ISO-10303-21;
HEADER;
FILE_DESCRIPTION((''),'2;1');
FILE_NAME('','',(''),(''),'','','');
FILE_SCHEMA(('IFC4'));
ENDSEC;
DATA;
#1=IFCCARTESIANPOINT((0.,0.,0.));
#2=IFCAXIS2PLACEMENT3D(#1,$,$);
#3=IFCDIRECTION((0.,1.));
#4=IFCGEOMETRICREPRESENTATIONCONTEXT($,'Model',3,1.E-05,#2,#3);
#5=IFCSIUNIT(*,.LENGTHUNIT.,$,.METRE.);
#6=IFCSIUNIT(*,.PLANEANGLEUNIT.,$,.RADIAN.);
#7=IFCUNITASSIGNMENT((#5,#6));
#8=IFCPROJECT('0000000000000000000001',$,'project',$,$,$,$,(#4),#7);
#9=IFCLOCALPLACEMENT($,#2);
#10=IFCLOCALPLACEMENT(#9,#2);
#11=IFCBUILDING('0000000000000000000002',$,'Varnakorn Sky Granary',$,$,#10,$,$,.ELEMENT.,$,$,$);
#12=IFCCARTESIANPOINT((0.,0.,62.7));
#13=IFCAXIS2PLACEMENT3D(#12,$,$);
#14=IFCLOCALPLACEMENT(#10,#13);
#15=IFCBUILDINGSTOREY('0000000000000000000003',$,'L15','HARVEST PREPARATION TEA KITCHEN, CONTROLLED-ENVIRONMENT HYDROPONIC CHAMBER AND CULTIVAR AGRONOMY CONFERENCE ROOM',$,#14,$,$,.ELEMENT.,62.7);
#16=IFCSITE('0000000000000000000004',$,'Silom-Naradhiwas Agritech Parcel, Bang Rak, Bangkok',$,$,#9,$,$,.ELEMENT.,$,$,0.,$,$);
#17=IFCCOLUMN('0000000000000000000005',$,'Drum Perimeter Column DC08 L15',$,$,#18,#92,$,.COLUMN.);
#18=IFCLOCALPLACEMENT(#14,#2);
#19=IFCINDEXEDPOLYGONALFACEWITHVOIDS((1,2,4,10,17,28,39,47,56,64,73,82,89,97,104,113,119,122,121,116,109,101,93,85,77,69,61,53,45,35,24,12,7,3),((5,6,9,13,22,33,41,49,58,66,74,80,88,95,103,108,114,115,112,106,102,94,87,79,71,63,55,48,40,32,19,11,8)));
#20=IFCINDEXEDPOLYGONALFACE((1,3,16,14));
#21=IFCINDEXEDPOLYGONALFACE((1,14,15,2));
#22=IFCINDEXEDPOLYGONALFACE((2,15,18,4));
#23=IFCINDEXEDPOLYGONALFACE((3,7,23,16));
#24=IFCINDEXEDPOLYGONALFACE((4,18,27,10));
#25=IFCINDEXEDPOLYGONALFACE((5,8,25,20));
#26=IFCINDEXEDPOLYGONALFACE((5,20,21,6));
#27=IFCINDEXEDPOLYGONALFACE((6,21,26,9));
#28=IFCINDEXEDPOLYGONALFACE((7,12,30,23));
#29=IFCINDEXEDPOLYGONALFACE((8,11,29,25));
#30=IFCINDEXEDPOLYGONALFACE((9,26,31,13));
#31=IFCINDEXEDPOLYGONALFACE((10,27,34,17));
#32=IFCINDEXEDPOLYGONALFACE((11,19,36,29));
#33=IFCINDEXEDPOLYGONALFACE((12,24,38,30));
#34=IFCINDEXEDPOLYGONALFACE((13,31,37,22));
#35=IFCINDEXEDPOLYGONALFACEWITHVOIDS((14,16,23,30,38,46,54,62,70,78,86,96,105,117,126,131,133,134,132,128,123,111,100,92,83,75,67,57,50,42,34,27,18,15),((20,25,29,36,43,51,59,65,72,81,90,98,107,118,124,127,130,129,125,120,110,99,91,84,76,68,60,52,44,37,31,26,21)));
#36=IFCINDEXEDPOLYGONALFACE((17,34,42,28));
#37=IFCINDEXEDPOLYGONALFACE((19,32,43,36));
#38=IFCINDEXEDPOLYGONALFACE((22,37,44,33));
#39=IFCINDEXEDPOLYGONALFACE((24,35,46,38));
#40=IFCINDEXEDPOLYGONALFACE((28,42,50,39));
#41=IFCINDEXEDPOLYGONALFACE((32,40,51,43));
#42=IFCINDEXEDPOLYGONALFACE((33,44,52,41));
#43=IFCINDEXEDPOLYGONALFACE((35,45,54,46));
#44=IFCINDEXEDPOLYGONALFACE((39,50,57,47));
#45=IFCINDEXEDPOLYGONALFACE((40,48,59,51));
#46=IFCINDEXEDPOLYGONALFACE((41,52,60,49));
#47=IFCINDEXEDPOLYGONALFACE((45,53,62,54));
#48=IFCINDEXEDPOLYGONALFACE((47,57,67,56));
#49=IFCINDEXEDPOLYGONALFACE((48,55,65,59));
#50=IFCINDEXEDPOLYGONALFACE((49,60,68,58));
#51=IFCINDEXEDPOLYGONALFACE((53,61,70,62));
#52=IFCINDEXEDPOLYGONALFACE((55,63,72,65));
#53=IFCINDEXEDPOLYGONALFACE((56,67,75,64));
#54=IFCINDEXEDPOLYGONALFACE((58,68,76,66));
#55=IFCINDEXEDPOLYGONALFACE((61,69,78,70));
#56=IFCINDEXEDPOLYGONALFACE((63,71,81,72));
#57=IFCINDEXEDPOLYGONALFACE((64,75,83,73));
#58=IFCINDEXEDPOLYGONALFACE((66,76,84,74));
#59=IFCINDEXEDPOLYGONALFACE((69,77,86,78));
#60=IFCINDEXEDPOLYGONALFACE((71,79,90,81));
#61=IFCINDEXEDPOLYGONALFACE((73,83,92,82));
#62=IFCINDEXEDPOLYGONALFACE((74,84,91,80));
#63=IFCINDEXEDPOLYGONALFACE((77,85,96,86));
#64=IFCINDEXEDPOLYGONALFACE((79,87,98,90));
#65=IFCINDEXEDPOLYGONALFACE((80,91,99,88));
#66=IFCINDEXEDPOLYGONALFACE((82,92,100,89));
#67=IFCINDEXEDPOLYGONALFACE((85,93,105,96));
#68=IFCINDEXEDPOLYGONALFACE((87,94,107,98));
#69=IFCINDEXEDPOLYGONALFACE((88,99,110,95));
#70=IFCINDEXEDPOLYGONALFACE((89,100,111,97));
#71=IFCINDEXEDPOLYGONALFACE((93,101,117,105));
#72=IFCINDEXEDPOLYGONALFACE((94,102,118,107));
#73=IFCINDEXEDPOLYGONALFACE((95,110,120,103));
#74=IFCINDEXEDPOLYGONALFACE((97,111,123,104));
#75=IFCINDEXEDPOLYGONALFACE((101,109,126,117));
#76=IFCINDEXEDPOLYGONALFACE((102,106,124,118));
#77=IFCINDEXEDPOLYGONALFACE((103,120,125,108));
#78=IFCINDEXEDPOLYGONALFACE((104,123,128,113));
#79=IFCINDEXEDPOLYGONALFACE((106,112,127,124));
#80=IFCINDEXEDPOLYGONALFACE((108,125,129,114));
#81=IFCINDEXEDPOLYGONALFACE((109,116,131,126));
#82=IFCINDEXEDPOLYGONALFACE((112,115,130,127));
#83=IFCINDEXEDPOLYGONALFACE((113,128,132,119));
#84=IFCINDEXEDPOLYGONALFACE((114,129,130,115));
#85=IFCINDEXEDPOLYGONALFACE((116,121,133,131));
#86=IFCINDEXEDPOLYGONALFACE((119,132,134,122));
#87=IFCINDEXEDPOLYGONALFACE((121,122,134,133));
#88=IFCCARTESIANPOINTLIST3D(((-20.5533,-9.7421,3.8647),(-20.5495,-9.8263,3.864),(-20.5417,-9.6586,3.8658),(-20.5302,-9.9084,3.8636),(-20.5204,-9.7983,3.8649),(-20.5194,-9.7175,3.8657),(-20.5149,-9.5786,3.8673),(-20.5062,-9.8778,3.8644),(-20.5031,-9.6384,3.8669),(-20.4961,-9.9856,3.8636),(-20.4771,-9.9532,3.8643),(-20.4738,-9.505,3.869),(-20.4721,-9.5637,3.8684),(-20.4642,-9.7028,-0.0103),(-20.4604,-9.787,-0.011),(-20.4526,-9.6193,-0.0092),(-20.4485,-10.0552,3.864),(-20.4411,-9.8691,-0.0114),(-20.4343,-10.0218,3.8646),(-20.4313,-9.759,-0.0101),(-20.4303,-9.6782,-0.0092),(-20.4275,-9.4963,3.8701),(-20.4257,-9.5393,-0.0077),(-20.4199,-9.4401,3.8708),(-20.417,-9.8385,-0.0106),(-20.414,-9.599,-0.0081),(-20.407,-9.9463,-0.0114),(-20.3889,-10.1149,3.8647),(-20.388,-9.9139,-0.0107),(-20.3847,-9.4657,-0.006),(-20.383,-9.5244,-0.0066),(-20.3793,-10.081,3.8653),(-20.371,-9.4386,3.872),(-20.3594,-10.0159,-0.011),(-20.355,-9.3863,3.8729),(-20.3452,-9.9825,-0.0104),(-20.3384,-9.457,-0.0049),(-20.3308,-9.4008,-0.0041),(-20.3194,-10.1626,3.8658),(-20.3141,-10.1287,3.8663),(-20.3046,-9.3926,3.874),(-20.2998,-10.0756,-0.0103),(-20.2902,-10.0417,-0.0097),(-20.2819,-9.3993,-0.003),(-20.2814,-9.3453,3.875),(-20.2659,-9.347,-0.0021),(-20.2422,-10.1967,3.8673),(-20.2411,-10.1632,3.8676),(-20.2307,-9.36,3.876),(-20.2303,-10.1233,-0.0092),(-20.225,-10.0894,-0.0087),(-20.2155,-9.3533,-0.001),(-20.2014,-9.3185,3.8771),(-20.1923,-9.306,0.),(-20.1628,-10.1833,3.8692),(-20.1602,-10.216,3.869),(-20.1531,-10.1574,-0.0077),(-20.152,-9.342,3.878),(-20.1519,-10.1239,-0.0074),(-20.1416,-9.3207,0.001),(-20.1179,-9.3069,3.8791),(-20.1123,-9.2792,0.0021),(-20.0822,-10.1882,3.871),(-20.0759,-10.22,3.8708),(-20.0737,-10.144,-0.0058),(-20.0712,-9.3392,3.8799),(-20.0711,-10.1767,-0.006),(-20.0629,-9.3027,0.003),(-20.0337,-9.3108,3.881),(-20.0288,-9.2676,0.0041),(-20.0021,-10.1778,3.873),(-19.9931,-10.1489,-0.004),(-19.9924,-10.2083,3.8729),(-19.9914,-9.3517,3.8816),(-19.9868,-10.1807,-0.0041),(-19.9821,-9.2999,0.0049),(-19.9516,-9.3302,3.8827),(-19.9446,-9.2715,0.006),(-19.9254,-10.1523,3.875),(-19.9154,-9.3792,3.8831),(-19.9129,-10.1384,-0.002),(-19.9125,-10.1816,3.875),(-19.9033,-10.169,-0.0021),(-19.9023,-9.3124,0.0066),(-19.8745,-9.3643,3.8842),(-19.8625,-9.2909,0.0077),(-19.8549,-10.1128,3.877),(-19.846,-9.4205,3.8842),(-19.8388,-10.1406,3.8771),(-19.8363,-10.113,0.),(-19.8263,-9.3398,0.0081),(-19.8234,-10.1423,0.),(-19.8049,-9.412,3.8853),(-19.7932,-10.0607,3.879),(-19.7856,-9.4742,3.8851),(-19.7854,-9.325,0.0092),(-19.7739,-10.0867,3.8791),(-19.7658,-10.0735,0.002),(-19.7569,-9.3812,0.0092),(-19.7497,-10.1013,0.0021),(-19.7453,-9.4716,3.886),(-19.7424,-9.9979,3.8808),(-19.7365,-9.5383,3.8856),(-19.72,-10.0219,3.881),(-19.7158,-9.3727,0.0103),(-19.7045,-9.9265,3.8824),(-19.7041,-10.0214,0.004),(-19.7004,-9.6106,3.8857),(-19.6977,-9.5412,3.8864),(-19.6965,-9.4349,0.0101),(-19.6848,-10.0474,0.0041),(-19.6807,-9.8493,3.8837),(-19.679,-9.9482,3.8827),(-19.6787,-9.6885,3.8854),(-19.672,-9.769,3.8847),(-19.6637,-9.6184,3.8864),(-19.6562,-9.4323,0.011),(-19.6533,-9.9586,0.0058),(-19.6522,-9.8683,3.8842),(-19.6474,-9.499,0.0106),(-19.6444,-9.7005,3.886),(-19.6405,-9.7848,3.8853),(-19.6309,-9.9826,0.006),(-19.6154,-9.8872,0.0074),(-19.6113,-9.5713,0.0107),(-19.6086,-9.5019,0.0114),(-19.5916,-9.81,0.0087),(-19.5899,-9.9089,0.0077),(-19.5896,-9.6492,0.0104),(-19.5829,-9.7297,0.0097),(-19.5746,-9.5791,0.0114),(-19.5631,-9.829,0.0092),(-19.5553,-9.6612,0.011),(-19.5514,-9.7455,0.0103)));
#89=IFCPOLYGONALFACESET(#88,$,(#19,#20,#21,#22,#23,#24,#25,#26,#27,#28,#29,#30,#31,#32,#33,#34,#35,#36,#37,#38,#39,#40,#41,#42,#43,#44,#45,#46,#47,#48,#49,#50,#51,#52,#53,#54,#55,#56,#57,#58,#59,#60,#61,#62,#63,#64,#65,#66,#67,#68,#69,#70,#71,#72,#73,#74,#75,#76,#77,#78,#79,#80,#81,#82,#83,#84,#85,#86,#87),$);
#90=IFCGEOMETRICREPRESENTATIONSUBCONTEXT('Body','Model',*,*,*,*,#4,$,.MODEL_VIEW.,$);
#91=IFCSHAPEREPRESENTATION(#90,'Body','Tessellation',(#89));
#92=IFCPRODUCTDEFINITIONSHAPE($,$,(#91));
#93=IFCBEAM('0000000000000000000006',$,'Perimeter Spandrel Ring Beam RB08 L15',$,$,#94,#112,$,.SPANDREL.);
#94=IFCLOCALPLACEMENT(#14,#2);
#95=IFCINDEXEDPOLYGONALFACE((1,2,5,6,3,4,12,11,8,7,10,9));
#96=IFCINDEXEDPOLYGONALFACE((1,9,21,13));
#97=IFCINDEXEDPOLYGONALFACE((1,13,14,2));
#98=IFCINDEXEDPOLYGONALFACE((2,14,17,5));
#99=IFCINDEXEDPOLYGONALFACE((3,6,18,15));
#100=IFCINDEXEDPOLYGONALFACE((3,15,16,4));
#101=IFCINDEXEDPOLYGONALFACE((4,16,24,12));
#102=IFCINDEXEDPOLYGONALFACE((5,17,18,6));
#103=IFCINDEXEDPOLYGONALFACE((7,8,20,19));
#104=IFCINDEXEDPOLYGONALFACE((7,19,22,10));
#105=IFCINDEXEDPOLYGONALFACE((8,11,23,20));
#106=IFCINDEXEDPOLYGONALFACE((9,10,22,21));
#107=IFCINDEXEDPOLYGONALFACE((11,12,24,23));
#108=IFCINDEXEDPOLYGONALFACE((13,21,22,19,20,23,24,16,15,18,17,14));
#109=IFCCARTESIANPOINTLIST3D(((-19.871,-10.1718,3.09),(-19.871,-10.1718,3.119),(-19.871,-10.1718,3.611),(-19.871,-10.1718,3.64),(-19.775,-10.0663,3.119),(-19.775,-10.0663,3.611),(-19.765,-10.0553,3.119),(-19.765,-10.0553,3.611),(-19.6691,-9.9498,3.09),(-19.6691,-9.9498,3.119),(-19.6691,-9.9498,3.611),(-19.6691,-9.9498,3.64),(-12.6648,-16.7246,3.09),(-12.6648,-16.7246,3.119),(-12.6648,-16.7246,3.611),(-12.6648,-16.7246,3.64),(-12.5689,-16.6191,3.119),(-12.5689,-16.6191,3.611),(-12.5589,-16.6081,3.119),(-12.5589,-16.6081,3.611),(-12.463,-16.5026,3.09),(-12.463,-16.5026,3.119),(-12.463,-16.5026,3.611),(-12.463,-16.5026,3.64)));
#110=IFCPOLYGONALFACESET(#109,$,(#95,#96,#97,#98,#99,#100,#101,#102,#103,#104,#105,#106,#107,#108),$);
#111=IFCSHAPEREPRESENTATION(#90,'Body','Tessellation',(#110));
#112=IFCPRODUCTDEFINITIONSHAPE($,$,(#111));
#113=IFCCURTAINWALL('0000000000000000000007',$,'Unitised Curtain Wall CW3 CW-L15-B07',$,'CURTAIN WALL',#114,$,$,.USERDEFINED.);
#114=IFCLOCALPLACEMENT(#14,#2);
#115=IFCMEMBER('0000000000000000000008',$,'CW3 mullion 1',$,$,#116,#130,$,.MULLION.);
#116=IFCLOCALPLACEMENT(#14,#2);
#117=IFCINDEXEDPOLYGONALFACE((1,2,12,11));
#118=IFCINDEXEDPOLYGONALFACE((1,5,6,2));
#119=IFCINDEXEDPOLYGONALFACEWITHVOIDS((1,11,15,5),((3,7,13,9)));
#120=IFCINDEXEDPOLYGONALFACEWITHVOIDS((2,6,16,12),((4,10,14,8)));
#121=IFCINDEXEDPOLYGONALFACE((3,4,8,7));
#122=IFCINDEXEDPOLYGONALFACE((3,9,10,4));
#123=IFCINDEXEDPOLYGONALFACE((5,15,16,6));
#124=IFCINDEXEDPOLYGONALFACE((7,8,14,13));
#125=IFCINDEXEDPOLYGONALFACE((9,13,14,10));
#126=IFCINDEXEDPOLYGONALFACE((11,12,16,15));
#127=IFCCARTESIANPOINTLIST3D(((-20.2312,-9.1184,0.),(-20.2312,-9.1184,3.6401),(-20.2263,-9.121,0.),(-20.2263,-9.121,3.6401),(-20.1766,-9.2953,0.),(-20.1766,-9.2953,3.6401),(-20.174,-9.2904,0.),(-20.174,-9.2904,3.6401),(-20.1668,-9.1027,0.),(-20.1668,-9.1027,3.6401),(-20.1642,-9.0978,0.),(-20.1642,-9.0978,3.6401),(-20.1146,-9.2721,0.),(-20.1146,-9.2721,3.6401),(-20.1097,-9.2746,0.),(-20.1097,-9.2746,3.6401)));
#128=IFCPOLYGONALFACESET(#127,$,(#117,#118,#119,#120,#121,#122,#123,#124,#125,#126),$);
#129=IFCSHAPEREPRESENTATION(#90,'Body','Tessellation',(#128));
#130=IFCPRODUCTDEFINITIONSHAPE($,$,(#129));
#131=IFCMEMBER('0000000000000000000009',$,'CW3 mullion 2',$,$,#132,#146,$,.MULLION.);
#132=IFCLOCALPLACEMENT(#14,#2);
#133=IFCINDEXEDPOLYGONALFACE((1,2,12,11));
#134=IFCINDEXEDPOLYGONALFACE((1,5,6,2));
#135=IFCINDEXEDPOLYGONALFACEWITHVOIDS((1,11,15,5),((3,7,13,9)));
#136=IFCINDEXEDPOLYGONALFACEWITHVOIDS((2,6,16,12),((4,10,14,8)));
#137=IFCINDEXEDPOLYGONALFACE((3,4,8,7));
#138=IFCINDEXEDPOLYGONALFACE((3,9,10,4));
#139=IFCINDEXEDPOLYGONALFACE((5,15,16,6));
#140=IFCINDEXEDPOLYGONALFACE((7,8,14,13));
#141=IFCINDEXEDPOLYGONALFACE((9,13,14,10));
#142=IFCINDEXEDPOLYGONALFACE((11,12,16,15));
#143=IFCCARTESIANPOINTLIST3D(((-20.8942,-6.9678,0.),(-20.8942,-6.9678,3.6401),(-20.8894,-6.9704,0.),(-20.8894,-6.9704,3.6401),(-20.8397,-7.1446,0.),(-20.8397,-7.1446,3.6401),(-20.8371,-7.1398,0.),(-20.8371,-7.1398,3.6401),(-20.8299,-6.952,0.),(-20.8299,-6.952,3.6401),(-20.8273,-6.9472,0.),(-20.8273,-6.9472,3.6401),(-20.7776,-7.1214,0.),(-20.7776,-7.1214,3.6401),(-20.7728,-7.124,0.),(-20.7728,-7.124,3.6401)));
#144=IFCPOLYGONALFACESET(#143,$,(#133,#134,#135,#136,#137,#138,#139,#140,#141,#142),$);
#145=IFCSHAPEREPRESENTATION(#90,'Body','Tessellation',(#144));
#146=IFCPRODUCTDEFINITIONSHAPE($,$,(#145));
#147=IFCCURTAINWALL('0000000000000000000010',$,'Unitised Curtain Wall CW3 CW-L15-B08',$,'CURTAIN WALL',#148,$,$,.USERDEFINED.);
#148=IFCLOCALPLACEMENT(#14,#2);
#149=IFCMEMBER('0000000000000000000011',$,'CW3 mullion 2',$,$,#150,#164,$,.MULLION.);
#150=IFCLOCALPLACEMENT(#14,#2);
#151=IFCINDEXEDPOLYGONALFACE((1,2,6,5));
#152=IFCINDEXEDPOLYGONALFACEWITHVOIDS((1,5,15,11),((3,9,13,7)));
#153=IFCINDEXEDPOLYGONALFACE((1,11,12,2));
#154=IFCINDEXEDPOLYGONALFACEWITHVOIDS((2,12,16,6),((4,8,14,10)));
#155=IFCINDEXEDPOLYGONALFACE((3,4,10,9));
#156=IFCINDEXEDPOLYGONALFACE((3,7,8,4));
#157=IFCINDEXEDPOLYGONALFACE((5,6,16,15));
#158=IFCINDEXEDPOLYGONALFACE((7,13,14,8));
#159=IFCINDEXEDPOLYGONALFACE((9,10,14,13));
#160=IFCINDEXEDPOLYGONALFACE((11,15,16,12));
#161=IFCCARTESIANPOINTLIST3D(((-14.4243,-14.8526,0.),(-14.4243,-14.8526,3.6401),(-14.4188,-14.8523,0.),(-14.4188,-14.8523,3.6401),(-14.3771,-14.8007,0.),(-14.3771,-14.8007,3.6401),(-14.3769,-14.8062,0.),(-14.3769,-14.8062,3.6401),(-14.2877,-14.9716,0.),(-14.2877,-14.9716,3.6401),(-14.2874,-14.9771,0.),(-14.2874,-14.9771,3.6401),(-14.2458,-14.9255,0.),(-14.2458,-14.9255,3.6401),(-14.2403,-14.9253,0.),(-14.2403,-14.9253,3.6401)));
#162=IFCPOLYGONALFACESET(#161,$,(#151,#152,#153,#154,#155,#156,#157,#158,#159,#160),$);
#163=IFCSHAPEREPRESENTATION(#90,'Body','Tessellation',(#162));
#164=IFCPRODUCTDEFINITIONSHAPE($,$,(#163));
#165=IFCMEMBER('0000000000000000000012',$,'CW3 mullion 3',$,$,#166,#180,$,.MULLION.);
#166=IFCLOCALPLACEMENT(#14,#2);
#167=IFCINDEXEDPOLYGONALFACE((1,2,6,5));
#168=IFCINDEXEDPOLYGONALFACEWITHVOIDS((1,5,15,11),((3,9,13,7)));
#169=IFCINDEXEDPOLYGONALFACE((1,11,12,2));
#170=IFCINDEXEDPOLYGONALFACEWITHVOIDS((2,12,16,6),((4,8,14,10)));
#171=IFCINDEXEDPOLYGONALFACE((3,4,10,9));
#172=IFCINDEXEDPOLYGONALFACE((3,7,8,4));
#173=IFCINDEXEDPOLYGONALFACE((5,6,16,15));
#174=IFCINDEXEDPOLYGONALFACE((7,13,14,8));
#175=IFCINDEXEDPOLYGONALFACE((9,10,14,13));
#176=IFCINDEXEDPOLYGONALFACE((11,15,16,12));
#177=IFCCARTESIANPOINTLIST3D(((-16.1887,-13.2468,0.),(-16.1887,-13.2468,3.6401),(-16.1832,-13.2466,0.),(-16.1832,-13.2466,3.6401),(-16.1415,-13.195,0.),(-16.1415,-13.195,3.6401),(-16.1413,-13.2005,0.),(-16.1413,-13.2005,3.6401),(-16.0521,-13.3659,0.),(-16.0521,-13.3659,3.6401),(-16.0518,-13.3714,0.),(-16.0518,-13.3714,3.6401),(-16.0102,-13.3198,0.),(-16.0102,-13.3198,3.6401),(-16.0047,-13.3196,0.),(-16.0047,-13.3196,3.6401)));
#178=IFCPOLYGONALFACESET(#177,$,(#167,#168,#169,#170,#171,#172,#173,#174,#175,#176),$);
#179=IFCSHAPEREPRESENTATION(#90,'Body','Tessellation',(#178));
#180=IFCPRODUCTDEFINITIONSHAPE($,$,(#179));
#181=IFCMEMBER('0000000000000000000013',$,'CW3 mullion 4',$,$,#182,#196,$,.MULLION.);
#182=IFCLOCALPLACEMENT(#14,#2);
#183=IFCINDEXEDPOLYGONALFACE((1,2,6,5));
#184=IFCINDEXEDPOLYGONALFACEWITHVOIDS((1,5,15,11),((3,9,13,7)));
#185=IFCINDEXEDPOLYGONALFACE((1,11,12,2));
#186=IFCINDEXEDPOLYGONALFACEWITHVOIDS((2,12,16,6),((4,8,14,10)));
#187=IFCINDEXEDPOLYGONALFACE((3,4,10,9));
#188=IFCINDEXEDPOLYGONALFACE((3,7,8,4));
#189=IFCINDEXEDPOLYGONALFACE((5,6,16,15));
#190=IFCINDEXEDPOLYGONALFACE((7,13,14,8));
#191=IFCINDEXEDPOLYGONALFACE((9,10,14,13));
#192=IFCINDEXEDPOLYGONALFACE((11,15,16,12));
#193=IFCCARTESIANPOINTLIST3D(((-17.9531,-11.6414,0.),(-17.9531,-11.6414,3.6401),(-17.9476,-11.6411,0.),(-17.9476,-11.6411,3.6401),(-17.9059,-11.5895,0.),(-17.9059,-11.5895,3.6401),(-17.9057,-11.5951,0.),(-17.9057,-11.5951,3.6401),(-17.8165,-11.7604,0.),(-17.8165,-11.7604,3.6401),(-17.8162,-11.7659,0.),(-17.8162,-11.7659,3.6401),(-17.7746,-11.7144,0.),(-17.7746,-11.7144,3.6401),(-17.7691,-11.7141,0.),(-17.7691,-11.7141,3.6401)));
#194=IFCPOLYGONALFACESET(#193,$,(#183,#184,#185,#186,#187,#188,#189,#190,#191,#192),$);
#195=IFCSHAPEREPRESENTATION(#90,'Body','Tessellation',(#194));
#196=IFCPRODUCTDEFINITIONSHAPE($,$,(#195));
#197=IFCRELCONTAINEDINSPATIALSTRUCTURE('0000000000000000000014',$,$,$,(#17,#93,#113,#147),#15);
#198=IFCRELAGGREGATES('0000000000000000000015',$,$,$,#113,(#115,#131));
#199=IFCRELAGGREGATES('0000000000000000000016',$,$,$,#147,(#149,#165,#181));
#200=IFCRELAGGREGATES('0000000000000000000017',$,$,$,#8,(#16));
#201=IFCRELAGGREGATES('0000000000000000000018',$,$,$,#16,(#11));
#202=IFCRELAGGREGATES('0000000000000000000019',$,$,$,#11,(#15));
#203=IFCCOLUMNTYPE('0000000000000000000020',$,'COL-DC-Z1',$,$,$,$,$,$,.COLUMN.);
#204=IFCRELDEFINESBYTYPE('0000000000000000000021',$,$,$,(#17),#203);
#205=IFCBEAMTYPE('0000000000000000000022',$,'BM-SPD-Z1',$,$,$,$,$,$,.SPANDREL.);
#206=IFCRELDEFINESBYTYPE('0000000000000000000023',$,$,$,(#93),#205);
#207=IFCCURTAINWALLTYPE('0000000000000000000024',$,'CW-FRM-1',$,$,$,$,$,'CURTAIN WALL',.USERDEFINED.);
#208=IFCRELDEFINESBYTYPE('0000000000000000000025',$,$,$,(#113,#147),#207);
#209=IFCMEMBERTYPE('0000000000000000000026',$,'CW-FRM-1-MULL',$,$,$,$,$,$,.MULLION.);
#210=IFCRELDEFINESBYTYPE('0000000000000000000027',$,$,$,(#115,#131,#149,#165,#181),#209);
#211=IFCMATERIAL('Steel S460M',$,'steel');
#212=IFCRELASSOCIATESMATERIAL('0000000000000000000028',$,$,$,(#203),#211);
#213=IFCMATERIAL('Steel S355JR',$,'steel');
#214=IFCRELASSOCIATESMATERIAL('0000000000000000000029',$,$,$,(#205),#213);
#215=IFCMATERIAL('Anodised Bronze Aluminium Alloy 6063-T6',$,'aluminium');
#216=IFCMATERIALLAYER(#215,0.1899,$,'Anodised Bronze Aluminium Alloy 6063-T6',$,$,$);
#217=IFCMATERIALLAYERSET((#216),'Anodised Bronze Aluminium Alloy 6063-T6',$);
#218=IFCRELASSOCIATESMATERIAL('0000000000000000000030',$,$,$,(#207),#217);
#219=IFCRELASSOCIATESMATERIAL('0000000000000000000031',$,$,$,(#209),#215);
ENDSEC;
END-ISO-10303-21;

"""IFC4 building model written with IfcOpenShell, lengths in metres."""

from ifc_helpers import new_model, si_unit, direction, frame, origin, origin_2d, place, context, subcontext, project, spatial, hollow_rectangle, hollow_circle, i_section, extrude, material, layer, layer_set, material_profile, profile_set, type_object, element, aggregate, save


model = new_model("IFC4")

# Units and contexts
model_context = context("Model", 3, precision=1e-05, world=origin(), true_north=direction((0.0, 1.0)))
body_context = subcontext(model_context, "Body", "Model", "MODEL_VIEW")
ifc_project = project(units=[si_unit("LENGTHUNIT", "METRE"), si_unit("PLANEANGLEUNIT", "RADIAN")], contexts=[model_context])

# Site, building, storey
site_placement = place(None, origin())
site = spatial("IfcSite", under=ifc_project, at=site_placement, Name="Silom-Naradhiwas Agritech Parcel, Bang Rak, Bangkok", CompositionType="ELEMENT", RefElevation=0.0)
building_placement = place(site_placement, origin())
building = spatial("IfcBuilding", under=site, at=building_placement, Name="Varnakorn Sky Granary", CompositionType="ELEMENT")
storey_placement = place(building_placement, frame((0.0, 0.0, 62.7)))
storey = spatial("IfcBuildingStorey", under=building, at=storey_placement, Name="L15", Description="HARVEST PREPARATION TEA KITCHEN, CONTROLLED-ENVIRONMENT HYDROPONIC CHAMBER AND CULTIVAR AGRONOMY CONFERENCE ROOM", CompositionType="ELEMENT", Elevation=62.7)

# Column
ifc_material_1 = material(Name="Steel S460M", Category="steel")
ifc_material_profile_1 = material_profile(ifc_material_1, hollow_circle(Radius=0.457, WallThickness=0.032, at=origin_2d()), Name="CHS 914x32")
ifc_profile_set_1 = profile_set([ifc_material_profile_1], Name="Steel S460M")
column_type = type_object("IfcColumnType", Name="COL-DC-Z1", PredefinedType="COLUMN", material=ifc_profile_set_1)
column_placement = place(storey_placement, frame((-20.0078, -9.7241, 0.0), z_axis=(-0.022989, -0.01014, 0.999684), x_axis=(0.403578, -0.914945, 0.0)))
element("IfcColumn", 1, at=column_placement, inside=storey, type_object=column_type, Name="Drum Perimeter Column DC08 L15", PredefinedType="COLUMN", context=body_context, shape_type="SweptSolid", body=[
    extrude(hollow_circle(Radius=0.457, WallThickness=0.032, at=origin_2d()), origin(), (0.0, 0.0, 1.0), 3.8762),
])

# Beam
ifc_material_2 = material(Name="Steel S355JR", Category="steel")
ifc_material_profile_2 = material_profile(ifc_material_2, i_section(OverallWidth=0.3, OverallDepth=0.55, WebThickness=0.0149, FlangeThickness=0.0291, at=origin_2d()), Name="HE 550 B")
ifc_profile_set_2 = profile_set([ifc_material_profile_2], Name="Steel S355JR")
beam_type = type_object("IfcBeamType", Name="BM-SPD-Z1", PredefinedType="SPANDREL", material=ifc_profile_set_2)
beam_placement = place(storey_placement, frame((-19.77, -10.0608, 3.365), z_axis=(0.739849, -0.672773, 0.0), x_axis=(0.672773, 0.739849, 0.0)))
element("IfcBeam", 2, at=beam_placement, inside=storey, type_object=beam_type, Name="Perimeter Spandrel Ring Beam RB08 L15", PredefinedType="SPANDREL", context=body_context, shape_type="SweptSolid", body=[
    extrude(i_section(OverallWidth=0.3, OverallDepth=0.55, WebThickness=0.0149, FlangeThickness=0.0291, at=origin_2d()), origin(), (0.0, 0.0, 1.0), 9.74),
])

# Curtain walls, members
ifc_material_3 = material(Name="Anodised Bronze Aluminium Alloy 6063-T6", Category="aluminium")
ifc_layer_1 = layer(ifc_material_3, 0.1899, Name="Anodised Bronze Aluminium Alloy 6063-T6")
ifc_layer_set_1 = layer_set([ifc_layer_1], Name="Anodised Bronze Aluminium Alloy 6063-T6")
curtain_wall_type = type_object("IfcCurtainWallType", Name="CW-FRM-1", ElementType="CURTAIN WALL", PredefinedType="USERDEFINED", material=ifc_layer_set_1)
curtain_wall_1_placement = place(storey_placement, origin())
curtain_wall_1 = element("IfcCurtainWall", 3, at=curtain_wall_1_placement, inside=storey, type_object=curtain_wall_type, Name="Unitised Curtain Wall CW3 CW-L15-B07", ObjectType="CURTAIN WALL", PredefinedType="USERDEFINED")
ifc_material_profile_3 = material_profile(ifc_material_3, hollow_rectangle(XDim=0.0701, YDim=0.1851, WallThickness=0.0039, at=origin_2d()), Name="ALU MULL 70x185")
ifc_profile_set_3 = profile_set([ifc_material_profile_3], Name="Anodised Bronze Aluminium Alloy 6063-T6")
member_type_1 = type_object("IfcMemberType", Name="CW-FRM-1-MULL", PredefinedType="MULLION", material=ifc_profile_set_3)
member_1_placement = place(storey_placement, frame((-20.1704, -9.1965, 0.0), z_axis=(0.0, 0.0, 1.0), x_axis=(-0.955607, -0.294645, 0.0)))
member_1 = element("IfcMember", 4, at=member_1_placement, type_object=member_type_1, Name="CW3 mullion 1", PredefinedType="MULLION", context=body_context, shape_type="SweptSolid", body=[
    extrude(hollow_rectangle(XDim=0.0701, YDim=0.1851, WallThickness=0.0039, at=origin_2d()), origin(), (0.0, 0.0, 1.0), 3.6401),
])
member_2_placement = place(storey_placement, frame((-20.8335, -7.0459, 0.0), z_axis=(0.0, 0.0, 1.0), x_axis=(-0.955607, -0.294645, 0.0)))
member_2 = element("IfcMember", 5, at=member_2_placement, type_object=member_type_1, Name="CW3 mullion 2", PredefinedType="MULLION", context=body_context, shape_type="SweptSolid", body=[
    extrude(hollow_rectangle(XDim=0.0701, YDim=0.1851, WallThickness=0.0039, at=origin_2d()), origin(), (0.0, 0.0, 1.0), 3.6401),
])
curtain_wall_2_placement = place(storey_placement, origin())
curtain_wall_2 = element("IfcCurtainWall", 6, at=curtain_wall_2_placement, inside=storey, type_object=curtain_wall_type, Name="Unitised Curtain Wall CW3 CW-L15-B08", ObjectType="CURTAIN WALL", PredefinedType="USERDEFINED")
member_3_placement = place(storey_placement, frame((-14.3323, -14.8889, 0.0), z_axis=(0.0, 0.0, 1.0), x_axis=(-0.673051, -0.739596, 0.0)))
member_3 = element("IfcMember", 7, at=member_3_placement, type_object=member_type_1, Name="CW3 mullion 2", PredefinedType="MULLION", context=body_context, shape_type="SweptSolid", body=[
    extrude(hollow_rectangle(XDim=0.0701, YDim=0.1851, WallThickness=0.0039, at=origin_2d()), origin(), (0.0, 0.0, 1.0), 3.6401),
])
member_4_placement = place(storey_placement, frame((-16.0967, -13.2832, 0.0), z_axis=(0.0, 0.0, 1.0), x_axis=(-0.673051, -0.739596, 0.0)))
member_4 = element("IfcMember", 8, at=member_4_placement, type_object=member_type_1, Name="CW3 mullion 3", PredefinedType="MULLION", context=body_context, shape_type="SweptSolid", body=[
    extrude(hollow_rectangle(XDim=0.0701, YDim=0.1851, WallThickness=0.0039, at=origin_2d()), origin(), (0.0, 0.0, 1.0), 3.6401),
])
member_5_placement = place(storey_placement, frame((-17.8611, -11.6777, 0.0), z_axis=(0.0, 0.0, 1.0), x_axis=(-0.673051, -0.739596, 0.0)))
member_5 = element("IfcMember", 9, at=member_5_placement, type_object=member_type_1, Name="CW3 mullion 4", PredefinedType="MULLION", context=body_context, shape_type="SweptSolid", body=[
    extrude(hollow_rectangle(XDim=0.0701, YDim=0.1851, WallThickness=0.0039, at=origin_2d()), origin(), (0.0, 0.0, 1.0), 3.6401),
])

aggregate(curtain_wall_1, [member_1, member_2])
aggregate(curtain_wall_2, [member_3, member_4, member_5])

save(model, "model.ifc")
